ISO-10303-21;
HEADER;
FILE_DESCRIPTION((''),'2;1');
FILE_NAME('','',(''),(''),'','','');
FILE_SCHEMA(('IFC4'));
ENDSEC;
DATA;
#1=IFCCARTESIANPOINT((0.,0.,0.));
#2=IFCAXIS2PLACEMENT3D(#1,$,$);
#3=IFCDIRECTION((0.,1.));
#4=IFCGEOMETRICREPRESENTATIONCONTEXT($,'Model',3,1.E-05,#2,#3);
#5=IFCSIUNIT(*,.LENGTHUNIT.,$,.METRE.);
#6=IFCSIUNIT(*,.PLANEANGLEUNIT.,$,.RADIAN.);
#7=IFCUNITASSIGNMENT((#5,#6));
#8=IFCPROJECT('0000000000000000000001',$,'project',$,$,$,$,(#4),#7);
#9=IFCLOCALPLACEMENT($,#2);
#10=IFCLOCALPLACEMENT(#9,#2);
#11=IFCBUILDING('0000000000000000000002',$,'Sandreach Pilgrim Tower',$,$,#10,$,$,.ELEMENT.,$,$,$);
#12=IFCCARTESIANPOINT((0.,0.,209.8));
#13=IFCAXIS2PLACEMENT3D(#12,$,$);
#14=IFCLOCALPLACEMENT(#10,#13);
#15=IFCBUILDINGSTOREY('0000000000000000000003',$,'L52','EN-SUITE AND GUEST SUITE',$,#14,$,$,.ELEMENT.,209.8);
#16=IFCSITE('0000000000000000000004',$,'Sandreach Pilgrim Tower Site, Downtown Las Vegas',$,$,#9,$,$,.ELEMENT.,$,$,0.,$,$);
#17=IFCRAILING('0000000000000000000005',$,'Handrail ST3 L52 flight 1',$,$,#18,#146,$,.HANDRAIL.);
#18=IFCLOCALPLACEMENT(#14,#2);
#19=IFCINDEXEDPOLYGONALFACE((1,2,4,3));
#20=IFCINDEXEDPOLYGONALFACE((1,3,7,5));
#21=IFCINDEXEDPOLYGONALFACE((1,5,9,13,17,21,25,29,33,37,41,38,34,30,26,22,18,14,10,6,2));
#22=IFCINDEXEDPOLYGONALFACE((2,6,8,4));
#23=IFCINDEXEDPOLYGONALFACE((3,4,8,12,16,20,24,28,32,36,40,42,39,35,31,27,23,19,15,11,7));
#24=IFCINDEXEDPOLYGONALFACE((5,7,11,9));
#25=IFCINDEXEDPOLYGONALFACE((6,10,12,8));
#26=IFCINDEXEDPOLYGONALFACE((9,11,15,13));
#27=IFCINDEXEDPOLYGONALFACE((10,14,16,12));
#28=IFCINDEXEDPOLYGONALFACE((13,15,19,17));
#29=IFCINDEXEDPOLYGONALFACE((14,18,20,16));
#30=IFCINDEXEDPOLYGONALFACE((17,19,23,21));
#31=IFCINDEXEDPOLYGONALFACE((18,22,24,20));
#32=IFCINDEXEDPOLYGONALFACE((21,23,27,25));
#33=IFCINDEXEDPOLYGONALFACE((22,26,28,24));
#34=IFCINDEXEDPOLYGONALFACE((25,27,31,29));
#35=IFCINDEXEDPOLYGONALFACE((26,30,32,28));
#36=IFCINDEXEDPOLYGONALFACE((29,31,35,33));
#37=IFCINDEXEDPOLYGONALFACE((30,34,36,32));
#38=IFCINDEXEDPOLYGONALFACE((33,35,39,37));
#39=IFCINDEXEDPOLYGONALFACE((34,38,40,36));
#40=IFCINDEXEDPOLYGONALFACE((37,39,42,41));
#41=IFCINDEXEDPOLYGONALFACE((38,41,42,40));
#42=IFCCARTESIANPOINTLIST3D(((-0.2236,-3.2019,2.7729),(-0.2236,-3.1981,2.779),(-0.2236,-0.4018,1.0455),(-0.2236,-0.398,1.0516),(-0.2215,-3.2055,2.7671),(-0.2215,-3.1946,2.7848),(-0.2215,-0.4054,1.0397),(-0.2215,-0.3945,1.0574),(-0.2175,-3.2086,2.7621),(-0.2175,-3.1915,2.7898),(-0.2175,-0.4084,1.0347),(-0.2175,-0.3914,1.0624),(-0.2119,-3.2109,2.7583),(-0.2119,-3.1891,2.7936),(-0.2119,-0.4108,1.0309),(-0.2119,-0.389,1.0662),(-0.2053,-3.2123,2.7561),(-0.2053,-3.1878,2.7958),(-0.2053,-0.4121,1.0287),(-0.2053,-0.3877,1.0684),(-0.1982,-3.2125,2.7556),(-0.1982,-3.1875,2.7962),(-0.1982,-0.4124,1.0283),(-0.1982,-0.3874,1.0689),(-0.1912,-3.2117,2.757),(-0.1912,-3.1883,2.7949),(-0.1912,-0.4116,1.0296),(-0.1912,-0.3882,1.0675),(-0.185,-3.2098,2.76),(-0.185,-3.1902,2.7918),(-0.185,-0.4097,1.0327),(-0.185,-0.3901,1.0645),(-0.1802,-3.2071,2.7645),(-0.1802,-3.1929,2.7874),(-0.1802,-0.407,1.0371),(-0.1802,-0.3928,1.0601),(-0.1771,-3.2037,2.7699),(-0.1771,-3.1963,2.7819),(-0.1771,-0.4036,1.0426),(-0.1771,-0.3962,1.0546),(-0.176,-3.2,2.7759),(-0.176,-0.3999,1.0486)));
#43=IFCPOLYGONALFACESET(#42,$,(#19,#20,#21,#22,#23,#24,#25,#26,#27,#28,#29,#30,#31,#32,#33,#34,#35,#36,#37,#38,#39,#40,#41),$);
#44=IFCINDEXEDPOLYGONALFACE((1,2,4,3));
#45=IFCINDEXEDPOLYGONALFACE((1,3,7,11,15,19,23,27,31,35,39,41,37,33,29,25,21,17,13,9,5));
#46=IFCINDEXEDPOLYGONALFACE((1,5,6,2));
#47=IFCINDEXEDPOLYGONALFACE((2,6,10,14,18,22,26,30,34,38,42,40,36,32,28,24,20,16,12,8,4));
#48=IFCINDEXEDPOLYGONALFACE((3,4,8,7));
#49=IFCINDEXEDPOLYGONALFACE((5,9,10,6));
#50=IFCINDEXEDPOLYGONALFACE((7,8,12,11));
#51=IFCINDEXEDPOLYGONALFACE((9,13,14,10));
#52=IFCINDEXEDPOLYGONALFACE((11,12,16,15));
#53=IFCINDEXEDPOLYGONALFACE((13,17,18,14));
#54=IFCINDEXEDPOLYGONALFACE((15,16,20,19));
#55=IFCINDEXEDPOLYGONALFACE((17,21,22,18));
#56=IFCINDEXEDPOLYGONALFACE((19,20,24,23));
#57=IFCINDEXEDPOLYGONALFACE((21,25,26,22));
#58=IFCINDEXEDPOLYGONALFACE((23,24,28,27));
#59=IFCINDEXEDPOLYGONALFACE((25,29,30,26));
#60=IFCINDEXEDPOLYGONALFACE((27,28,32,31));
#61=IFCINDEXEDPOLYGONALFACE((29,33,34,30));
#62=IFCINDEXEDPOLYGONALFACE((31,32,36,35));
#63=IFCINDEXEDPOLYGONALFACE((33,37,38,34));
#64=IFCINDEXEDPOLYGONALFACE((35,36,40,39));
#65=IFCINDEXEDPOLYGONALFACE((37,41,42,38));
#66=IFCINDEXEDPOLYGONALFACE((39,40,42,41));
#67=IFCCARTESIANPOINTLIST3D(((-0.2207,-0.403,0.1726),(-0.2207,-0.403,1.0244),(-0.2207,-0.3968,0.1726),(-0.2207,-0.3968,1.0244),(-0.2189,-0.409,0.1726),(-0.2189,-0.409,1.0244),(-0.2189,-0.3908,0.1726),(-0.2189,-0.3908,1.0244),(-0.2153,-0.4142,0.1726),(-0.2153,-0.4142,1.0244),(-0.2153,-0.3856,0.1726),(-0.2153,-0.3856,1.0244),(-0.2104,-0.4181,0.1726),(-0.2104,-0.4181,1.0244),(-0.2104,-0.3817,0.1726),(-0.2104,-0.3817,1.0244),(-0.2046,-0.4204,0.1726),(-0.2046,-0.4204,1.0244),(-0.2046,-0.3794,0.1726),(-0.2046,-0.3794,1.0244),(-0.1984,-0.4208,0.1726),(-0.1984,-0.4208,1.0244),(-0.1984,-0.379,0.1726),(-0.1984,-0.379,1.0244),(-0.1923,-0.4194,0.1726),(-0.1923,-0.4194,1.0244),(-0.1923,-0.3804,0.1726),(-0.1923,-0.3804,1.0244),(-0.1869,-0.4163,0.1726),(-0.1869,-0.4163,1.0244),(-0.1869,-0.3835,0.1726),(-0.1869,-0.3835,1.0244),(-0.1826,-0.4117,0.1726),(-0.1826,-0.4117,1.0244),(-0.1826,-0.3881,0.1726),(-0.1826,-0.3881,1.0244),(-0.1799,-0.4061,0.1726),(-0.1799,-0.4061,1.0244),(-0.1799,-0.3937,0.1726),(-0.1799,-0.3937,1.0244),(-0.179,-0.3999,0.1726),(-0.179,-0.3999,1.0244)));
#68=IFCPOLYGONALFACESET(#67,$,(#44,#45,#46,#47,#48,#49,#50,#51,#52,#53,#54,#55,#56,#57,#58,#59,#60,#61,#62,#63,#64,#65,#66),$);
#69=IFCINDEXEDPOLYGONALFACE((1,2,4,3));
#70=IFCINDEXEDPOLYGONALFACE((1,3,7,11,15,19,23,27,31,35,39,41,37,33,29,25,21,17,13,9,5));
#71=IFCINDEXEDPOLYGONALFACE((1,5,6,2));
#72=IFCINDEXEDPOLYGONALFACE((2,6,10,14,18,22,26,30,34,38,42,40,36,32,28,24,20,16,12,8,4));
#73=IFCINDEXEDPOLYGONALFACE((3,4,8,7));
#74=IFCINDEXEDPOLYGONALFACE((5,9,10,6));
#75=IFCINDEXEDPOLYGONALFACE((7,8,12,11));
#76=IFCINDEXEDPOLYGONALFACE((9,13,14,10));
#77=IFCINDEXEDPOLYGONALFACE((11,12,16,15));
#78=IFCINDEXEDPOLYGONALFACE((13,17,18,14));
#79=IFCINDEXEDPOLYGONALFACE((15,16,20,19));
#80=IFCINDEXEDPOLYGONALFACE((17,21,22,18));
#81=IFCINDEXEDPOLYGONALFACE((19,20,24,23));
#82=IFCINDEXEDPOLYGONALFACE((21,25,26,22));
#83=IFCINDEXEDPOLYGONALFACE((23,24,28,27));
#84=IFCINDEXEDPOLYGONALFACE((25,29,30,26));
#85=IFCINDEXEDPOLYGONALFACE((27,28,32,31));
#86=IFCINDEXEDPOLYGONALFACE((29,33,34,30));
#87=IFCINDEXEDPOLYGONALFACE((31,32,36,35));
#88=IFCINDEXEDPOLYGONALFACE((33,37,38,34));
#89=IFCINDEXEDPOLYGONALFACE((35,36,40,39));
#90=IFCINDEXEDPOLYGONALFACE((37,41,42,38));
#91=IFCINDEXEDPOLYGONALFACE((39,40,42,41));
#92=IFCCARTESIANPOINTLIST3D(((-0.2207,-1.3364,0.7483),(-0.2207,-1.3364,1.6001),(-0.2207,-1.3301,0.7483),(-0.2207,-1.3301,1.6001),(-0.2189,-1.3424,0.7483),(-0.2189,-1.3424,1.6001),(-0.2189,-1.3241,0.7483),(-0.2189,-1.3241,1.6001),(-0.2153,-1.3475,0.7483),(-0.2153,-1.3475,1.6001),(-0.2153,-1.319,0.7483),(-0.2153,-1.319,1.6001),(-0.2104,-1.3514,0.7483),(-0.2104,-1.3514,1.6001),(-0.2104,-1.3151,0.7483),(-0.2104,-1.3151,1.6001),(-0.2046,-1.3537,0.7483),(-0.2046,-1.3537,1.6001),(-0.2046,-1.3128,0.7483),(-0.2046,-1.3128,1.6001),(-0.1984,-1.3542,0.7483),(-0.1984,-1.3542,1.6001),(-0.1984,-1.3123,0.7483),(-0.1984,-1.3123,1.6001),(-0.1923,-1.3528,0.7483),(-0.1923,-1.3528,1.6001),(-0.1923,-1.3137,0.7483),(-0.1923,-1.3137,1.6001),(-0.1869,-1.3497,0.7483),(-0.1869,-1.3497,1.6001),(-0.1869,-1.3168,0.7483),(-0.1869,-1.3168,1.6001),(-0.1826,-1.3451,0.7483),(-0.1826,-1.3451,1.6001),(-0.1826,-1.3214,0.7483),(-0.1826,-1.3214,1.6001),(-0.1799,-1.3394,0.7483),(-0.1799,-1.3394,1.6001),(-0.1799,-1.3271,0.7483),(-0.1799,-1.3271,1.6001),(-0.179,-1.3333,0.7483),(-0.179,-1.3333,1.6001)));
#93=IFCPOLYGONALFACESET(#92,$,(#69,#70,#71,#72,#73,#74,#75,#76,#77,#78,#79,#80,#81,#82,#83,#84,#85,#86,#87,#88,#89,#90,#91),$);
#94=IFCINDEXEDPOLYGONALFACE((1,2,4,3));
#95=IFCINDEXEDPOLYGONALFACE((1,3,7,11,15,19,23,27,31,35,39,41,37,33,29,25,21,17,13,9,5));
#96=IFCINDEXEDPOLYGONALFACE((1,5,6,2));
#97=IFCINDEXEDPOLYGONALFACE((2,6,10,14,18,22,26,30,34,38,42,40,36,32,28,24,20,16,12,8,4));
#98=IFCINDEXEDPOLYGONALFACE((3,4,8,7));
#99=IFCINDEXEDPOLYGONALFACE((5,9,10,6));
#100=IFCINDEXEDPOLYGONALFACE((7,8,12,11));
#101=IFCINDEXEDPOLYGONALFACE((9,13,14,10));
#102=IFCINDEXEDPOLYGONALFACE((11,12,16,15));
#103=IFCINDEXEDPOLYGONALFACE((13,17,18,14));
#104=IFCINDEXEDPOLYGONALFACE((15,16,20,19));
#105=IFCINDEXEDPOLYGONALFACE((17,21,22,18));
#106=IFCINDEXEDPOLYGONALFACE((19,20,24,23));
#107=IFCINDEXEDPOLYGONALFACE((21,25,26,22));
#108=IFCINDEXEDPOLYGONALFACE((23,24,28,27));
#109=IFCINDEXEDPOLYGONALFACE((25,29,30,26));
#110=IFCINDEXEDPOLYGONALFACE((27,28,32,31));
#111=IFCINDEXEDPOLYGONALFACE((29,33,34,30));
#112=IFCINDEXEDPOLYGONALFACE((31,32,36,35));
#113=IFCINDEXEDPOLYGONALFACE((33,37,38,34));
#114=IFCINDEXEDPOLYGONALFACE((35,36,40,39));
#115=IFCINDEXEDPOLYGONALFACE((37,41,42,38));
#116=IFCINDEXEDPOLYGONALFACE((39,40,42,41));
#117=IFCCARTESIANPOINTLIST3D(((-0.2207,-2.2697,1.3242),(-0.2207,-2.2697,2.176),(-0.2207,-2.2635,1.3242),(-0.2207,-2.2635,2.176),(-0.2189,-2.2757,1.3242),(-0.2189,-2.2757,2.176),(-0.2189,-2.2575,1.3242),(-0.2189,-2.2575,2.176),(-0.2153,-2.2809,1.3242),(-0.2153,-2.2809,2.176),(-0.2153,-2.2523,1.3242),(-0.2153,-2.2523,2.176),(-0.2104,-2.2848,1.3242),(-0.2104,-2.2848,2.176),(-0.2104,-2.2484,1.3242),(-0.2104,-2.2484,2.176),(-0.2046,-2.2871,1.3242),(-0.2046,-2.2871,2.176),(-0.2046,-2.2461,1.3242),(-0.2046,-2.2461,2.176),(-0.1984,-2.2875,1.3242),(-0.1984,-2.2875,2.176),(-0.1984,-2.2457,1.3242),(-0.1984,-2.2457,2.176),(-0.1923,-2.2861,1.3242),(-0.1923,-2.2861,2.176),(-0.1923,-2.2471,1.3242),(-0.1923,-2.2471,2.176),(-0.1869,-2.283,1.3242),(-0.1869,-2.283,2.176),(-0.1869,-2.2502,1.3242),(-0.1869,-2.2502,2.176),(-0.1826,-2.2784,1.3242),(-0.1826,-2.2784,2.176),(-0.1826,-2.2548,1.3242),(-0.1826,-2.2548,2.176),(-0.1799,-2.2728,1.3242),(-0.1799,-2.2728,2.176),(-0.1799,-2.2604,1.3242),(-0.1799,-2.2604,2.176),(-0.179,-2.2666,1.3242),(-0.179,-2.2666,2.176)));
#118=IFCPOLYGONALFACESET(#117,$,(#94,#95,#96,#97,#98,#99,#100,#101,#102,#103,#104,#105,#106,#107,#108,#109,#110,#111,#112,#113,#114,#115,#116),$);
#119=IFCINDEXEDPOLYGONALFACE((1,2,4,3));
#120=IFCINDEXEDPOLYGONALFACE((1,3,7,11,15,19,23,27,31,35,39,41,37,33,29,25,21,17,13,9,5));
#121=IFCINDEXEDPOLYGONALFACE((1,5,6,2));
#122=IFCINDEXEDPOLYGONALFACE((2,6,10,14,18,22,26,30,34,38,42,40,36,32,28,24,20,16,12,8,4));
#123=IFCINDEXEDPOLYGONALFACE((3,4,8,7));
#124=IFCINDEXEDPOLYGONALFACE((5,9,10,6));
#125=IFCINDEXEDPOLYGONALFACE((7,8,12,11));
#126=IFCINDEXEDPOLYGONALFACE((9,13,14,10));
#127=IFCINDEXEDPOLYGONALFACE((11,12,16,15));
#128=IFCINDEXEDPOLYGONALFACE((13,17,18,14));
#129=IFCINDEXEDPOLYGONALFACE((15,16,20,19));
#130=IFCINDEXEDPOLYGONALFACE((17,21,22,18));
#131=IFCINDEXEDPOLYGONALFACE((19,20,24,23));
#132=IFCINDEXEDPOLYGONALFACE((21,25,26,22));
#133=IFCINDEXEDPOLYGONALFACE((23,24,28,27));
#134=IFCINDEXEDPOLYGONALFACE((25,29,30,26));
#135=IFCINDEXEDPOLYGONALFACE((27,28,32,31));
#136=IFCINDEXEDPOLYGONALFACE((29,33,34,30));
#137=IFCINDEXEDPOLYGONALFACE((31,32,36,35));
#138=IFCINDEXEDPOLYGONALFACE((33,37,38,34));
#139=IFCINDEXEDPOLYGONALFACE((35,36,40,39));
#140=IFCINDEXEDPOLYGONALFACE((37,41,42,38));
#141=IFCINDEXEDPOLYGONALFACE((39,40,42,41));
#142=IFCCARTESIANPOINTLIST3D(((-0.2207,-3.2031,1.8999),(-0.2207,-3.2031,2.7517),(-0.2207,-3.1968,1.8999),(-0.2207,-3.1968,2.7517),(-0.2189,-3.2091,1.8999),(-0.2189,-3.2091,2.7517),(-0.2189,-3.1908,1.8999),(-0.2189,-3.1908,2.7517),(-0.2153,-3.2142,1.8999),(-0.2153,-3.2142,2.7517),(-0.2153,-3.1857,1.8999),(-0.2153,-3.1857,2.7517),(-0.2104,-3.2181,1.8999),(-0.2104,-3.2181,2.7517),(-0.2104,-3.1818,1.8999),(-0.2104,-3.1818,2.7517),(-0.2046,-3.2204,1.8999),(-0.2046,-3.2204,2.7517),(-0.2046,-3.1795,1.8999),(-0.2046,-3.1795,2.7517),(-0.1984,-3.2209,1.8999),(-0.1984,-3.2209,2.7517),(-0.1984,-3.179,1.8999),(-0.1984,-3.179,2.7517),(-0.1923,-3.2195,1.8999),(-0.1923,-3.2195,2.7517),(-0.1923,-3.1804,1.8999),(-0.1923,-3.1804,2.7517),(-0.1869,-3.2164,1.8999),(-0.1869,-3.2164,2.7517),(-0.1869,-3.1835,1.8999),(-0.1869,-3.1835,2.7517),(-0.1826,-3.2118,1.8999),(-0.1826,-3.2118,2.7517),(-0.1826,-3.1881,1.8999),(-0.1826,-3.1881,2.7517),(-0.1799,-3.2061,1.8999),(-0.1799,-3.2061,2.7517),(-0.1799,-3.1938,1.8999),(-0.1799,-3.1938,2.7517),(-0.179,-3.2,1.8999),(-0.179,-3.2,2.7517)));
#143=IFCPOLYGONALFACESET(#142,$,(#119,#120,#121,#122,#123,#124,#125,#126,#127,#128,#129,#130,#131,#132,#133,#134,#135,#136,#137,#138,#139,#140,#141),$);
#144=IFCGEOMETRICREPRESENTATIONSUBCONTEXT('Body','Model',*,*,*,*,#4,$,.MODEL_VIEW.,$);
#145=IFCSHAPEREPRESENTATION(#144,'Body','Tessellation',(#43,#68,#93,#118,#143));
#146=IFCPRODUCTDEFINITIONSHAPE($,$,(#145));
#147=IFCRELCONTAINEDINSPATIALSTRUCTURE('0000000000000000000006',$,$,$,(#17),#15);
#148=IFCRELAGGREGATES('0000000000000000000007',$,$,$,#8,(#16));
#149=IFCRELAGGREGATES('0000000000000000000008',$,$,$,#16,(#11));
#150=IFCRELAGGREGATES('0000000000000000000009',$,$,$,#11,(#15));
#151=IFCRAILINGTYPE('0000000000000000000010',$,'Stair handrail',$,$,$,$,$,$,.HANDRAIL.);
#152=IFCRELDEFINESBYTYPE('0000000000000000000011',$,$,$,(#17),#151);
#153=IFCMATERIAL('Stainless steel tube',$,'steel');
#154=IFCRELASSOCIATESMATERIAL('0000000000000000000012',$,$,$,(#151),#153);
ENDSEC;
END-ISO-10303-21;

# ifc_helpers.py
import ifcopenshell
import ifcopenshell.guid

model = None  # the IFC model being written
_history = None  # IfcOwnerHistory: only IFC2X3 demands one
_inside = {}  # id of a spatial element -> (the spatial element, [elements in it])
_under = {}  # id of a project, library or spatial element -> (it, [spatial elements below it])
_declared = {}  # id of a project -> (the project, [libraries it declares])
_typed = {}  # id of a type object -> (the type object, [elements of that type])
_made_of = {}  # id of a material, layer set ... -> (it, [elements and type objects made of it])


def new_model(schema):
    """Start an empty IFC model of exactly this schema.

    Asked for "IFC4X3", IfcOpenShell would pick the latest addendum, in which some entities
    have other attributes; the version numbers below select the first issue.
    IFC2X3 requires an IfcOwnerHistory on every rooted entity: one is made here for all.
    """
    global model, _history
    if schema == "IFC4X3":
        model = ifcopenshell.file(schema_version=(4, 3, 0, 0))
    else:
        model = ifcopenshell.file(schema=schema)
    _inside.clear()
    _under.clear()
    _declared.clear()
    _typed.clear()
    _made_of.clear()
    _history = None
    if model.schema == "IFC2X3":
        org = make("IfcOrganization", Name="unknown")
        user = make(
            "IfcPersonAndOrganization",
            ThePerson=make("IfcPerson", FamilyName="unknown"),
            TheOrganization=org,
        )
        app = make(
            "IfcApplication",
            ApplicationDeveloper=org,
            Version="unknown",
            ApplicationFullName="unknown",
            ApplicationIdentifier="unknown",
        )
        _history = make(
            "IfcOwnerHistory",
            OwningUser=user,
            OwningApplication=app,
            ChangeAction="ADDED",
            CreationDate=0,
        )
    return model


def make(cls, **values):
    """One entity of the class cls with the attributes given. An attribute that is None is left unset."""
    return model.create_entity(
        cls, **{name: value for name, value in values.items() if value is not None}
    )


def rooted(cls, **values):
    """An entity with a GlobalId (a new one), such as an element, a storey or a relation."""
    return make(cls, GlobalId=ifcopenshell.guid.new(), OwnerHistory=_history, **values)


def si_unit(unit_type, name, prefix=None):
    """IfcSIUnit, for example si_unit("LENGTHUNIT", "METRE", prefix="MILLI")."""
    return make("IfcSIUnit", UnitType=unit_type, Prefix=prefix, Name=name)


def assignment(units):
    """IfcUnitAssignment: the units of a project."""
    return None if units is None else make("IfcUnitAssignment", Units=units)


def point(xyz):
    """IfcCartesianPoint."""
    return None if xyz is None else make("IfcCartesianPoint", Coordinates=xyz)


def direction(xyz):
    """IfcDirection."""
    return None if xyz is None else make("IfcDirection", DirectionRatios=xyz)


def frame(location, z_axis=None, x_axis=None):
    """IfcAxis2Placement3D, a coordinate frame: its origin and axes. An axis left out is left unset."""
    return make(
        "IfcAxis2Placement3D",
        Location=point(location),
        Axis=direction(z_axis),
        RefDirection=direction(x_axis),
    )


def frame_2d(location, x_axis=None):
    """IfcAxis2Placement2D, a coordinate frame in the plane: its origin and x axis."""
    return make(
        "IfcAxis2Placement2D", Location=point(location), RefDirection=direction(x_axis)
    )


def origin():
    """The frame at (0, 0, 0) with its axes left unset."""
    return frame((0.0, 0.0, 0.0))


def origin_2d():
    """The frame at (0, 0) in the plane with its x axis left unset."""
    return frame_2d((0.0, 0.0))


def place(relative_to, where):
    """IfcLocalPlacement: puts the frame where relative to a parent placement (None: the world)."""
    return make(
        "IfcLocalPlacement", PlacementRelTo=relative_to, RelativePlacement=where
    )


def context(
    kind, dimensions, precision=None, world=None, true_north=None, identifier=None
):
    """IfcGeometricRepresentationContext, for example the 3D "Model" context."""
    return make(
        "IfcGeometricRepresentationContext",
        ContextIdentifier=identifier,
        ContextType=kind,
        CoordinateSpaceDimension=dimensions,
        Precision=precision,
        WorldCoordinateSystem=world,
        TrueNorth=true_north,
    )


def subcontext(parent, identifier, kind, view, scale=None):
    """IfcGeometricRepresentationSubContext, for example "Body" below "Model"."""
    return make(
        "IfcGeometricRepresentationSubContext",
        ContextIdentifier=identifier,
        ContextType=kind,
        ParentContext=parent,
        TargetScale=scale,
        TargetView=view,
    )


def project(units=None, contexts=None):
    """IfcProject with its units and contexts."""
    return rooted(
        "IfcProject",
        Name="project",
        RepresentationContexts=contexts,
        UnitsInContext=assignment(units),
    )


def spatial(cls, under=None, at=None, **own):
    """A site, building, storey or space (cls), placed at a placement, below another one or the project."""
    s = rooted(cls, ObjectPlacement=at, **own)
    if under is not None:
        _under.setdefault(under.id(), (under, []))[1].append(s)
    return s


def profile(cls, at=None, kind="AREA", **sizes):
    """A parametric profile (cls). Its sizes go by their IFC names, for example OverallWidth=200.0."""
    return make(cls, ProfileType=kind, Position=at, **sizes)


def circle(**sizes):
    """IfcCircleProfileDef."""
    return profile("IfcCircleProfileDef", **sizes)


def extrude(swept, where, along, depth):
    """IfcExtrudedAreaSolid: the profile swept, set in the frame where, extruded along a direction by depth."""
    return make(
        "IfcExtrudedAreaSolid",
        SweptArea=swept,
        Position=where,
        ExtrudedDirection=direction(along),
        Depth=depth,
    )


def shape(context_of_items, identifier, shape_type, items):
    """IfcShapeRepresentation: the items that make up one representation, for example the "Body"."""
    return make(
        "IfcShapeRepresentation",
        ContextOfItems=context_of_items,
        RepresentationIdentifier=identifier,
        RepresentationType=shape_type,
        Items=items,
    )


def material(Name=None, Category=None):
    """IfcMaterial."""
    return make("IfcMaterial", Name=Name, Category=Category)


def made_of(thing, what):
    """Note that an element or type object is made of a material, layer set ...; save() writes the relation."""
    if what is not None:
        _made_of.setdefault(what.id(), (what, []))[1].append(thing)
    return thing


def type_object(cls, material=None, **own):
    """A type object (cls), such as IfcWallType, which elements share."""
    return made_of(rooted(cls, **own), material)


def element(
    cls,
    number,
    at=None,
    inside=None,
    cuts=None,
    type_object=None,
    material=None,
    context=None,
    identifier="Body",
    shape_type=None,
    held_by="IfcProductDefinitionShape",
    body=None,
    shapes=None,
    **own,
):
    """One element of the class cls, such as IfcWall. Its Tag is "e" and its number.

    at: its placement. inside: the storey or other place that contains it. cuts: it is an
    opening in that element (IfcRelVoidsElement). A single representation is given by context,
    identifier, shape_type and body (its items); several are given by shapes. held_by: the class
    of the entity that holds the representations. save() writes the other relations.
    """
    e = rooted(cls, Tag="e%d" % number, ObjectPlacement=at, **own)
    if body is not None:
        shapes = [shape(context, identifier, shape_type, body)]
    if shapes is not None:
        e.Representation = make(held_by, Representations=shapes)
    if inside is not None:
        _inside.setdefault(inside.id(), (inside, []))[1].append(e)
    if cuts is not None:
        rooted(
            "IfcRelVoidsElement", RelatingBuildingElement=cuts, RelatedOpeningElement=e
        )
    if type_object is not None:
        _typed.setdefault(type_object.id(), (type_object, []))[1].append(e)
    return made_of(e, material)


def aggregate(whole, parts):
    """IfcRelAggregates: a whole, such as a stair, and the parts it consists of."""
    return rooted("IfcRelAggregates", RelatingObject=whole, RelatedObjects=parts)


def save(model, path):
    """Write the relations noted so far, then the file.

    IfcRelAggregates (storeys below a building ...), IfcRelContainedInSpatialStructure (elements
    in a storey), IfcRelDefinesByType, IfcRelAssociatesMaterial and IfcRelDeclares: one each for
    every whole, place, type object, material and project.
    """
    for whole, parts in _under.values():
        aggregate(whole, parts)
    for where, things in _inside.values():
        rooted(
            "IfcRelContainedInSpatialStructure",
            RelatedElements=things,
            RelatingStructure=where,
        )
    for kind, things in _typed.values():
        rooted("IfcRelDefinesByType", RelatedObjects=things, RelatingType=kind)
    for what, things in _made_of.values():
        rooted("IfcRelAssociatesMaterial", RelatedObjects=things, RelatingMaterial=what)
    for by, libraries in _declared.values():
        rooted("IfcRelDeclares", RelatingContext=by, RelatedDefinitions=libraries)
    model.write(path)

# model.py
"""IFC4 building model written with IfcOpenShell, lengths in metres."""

from ifc_helpers import new_model, si_unit, direction, frame, origin, origin_2d, place, context, subcontext, project, spatial, circle, extrude, material, type_object, element, save


model = new_model("IFC4")

# Units and contexts
model_context = context("Model", 3, precision=1e-05, world=origin(), true_north=direction((0.0, 1.0)))
body_context = subcontext(model_context, "Body", "Model", "MODEL_VIEW")
ifc_project = project(units=[si_unit("LENGTHUNIT", "METRE"), si_unit("PLANEANGLEUNIT", "RADIAN")], contexts=[model_context])

# Site, building, storey
site_placement = place(None, origin())
site = spatial("IfcSite", under=ifc_project, at=site_placement, Name="Sandreach Pilgrim Tower Site, Downtown Las Vegas", CompositionType="ELEMENT", RefElevation=0.0)
building_placement = place(site_placement, origin())
building = spatial("IfcBuilding", under=site, at=building_placement, Name="Sandreach Pilgrim Tower", CompositionType="ELEMENT")
storey_placement = place(building_placement, frame((0.0, 0.0, 209.8)))
storey = spatial("IfcBuildingStorey", under=building, at=storey_placement, Name="L52", Description="EN-SUITE AND GUEST SUITE", CompositionType="ELEMENT", Elevation=209.8)

# Railing
ifc_material_1 = material(Name="Stainless steel tube", Category="steel")
railing_type = type_object("IfcRailingType", Name="Stair handrail", PredefinedType="HANDRAIL", material=ifc_material_1)
for number, where, name in (
    (1, (-0.2, -0.3999, 0.1726), "Handrail ST3 L52 flight 1"),
):
    element("IfcRailing", number, at=place(storey_placement, frame(where)), inside=storey, type_object=railing_type, Name=name, PredefinedType="HANDRAIL", context=body_context, shape_type="SweptSolid", body=[
        extrude(circle(Radius=0.0239, at=origin_2d()), frame((0.0, 0.0, 0.876), z_axis=(0.0, -0.85109, 0.52502), x_axis=(1.0, 0.0, 0.0)), (0.0, 0.0, 1.0), 3.29),
        extrude(circle(Radius=0.021, at=origin_2d()), origin(), (0.0, 0.0, 1.0), 0.8518),
        extrude(circle(Radius=0.021, at=origin_2d()), frame((0.0, -0.9333, 0.5757)), (0.0, 0.0, 1.0), 0.8518),
        extrude(circle(Radius=0.021, at=origin_2d()), frame((0.0, -1.8667, 1.1516)), (0.0, 0.0, 1.0), 0.8518),
        extrude(circle(Radius=0.021, at=origin_2d()), frame((0.0, -2.8, 1.7273)), (0.0, 0.0, 1.0), 0.8518),
    ])

save(model, "model.ifc")
